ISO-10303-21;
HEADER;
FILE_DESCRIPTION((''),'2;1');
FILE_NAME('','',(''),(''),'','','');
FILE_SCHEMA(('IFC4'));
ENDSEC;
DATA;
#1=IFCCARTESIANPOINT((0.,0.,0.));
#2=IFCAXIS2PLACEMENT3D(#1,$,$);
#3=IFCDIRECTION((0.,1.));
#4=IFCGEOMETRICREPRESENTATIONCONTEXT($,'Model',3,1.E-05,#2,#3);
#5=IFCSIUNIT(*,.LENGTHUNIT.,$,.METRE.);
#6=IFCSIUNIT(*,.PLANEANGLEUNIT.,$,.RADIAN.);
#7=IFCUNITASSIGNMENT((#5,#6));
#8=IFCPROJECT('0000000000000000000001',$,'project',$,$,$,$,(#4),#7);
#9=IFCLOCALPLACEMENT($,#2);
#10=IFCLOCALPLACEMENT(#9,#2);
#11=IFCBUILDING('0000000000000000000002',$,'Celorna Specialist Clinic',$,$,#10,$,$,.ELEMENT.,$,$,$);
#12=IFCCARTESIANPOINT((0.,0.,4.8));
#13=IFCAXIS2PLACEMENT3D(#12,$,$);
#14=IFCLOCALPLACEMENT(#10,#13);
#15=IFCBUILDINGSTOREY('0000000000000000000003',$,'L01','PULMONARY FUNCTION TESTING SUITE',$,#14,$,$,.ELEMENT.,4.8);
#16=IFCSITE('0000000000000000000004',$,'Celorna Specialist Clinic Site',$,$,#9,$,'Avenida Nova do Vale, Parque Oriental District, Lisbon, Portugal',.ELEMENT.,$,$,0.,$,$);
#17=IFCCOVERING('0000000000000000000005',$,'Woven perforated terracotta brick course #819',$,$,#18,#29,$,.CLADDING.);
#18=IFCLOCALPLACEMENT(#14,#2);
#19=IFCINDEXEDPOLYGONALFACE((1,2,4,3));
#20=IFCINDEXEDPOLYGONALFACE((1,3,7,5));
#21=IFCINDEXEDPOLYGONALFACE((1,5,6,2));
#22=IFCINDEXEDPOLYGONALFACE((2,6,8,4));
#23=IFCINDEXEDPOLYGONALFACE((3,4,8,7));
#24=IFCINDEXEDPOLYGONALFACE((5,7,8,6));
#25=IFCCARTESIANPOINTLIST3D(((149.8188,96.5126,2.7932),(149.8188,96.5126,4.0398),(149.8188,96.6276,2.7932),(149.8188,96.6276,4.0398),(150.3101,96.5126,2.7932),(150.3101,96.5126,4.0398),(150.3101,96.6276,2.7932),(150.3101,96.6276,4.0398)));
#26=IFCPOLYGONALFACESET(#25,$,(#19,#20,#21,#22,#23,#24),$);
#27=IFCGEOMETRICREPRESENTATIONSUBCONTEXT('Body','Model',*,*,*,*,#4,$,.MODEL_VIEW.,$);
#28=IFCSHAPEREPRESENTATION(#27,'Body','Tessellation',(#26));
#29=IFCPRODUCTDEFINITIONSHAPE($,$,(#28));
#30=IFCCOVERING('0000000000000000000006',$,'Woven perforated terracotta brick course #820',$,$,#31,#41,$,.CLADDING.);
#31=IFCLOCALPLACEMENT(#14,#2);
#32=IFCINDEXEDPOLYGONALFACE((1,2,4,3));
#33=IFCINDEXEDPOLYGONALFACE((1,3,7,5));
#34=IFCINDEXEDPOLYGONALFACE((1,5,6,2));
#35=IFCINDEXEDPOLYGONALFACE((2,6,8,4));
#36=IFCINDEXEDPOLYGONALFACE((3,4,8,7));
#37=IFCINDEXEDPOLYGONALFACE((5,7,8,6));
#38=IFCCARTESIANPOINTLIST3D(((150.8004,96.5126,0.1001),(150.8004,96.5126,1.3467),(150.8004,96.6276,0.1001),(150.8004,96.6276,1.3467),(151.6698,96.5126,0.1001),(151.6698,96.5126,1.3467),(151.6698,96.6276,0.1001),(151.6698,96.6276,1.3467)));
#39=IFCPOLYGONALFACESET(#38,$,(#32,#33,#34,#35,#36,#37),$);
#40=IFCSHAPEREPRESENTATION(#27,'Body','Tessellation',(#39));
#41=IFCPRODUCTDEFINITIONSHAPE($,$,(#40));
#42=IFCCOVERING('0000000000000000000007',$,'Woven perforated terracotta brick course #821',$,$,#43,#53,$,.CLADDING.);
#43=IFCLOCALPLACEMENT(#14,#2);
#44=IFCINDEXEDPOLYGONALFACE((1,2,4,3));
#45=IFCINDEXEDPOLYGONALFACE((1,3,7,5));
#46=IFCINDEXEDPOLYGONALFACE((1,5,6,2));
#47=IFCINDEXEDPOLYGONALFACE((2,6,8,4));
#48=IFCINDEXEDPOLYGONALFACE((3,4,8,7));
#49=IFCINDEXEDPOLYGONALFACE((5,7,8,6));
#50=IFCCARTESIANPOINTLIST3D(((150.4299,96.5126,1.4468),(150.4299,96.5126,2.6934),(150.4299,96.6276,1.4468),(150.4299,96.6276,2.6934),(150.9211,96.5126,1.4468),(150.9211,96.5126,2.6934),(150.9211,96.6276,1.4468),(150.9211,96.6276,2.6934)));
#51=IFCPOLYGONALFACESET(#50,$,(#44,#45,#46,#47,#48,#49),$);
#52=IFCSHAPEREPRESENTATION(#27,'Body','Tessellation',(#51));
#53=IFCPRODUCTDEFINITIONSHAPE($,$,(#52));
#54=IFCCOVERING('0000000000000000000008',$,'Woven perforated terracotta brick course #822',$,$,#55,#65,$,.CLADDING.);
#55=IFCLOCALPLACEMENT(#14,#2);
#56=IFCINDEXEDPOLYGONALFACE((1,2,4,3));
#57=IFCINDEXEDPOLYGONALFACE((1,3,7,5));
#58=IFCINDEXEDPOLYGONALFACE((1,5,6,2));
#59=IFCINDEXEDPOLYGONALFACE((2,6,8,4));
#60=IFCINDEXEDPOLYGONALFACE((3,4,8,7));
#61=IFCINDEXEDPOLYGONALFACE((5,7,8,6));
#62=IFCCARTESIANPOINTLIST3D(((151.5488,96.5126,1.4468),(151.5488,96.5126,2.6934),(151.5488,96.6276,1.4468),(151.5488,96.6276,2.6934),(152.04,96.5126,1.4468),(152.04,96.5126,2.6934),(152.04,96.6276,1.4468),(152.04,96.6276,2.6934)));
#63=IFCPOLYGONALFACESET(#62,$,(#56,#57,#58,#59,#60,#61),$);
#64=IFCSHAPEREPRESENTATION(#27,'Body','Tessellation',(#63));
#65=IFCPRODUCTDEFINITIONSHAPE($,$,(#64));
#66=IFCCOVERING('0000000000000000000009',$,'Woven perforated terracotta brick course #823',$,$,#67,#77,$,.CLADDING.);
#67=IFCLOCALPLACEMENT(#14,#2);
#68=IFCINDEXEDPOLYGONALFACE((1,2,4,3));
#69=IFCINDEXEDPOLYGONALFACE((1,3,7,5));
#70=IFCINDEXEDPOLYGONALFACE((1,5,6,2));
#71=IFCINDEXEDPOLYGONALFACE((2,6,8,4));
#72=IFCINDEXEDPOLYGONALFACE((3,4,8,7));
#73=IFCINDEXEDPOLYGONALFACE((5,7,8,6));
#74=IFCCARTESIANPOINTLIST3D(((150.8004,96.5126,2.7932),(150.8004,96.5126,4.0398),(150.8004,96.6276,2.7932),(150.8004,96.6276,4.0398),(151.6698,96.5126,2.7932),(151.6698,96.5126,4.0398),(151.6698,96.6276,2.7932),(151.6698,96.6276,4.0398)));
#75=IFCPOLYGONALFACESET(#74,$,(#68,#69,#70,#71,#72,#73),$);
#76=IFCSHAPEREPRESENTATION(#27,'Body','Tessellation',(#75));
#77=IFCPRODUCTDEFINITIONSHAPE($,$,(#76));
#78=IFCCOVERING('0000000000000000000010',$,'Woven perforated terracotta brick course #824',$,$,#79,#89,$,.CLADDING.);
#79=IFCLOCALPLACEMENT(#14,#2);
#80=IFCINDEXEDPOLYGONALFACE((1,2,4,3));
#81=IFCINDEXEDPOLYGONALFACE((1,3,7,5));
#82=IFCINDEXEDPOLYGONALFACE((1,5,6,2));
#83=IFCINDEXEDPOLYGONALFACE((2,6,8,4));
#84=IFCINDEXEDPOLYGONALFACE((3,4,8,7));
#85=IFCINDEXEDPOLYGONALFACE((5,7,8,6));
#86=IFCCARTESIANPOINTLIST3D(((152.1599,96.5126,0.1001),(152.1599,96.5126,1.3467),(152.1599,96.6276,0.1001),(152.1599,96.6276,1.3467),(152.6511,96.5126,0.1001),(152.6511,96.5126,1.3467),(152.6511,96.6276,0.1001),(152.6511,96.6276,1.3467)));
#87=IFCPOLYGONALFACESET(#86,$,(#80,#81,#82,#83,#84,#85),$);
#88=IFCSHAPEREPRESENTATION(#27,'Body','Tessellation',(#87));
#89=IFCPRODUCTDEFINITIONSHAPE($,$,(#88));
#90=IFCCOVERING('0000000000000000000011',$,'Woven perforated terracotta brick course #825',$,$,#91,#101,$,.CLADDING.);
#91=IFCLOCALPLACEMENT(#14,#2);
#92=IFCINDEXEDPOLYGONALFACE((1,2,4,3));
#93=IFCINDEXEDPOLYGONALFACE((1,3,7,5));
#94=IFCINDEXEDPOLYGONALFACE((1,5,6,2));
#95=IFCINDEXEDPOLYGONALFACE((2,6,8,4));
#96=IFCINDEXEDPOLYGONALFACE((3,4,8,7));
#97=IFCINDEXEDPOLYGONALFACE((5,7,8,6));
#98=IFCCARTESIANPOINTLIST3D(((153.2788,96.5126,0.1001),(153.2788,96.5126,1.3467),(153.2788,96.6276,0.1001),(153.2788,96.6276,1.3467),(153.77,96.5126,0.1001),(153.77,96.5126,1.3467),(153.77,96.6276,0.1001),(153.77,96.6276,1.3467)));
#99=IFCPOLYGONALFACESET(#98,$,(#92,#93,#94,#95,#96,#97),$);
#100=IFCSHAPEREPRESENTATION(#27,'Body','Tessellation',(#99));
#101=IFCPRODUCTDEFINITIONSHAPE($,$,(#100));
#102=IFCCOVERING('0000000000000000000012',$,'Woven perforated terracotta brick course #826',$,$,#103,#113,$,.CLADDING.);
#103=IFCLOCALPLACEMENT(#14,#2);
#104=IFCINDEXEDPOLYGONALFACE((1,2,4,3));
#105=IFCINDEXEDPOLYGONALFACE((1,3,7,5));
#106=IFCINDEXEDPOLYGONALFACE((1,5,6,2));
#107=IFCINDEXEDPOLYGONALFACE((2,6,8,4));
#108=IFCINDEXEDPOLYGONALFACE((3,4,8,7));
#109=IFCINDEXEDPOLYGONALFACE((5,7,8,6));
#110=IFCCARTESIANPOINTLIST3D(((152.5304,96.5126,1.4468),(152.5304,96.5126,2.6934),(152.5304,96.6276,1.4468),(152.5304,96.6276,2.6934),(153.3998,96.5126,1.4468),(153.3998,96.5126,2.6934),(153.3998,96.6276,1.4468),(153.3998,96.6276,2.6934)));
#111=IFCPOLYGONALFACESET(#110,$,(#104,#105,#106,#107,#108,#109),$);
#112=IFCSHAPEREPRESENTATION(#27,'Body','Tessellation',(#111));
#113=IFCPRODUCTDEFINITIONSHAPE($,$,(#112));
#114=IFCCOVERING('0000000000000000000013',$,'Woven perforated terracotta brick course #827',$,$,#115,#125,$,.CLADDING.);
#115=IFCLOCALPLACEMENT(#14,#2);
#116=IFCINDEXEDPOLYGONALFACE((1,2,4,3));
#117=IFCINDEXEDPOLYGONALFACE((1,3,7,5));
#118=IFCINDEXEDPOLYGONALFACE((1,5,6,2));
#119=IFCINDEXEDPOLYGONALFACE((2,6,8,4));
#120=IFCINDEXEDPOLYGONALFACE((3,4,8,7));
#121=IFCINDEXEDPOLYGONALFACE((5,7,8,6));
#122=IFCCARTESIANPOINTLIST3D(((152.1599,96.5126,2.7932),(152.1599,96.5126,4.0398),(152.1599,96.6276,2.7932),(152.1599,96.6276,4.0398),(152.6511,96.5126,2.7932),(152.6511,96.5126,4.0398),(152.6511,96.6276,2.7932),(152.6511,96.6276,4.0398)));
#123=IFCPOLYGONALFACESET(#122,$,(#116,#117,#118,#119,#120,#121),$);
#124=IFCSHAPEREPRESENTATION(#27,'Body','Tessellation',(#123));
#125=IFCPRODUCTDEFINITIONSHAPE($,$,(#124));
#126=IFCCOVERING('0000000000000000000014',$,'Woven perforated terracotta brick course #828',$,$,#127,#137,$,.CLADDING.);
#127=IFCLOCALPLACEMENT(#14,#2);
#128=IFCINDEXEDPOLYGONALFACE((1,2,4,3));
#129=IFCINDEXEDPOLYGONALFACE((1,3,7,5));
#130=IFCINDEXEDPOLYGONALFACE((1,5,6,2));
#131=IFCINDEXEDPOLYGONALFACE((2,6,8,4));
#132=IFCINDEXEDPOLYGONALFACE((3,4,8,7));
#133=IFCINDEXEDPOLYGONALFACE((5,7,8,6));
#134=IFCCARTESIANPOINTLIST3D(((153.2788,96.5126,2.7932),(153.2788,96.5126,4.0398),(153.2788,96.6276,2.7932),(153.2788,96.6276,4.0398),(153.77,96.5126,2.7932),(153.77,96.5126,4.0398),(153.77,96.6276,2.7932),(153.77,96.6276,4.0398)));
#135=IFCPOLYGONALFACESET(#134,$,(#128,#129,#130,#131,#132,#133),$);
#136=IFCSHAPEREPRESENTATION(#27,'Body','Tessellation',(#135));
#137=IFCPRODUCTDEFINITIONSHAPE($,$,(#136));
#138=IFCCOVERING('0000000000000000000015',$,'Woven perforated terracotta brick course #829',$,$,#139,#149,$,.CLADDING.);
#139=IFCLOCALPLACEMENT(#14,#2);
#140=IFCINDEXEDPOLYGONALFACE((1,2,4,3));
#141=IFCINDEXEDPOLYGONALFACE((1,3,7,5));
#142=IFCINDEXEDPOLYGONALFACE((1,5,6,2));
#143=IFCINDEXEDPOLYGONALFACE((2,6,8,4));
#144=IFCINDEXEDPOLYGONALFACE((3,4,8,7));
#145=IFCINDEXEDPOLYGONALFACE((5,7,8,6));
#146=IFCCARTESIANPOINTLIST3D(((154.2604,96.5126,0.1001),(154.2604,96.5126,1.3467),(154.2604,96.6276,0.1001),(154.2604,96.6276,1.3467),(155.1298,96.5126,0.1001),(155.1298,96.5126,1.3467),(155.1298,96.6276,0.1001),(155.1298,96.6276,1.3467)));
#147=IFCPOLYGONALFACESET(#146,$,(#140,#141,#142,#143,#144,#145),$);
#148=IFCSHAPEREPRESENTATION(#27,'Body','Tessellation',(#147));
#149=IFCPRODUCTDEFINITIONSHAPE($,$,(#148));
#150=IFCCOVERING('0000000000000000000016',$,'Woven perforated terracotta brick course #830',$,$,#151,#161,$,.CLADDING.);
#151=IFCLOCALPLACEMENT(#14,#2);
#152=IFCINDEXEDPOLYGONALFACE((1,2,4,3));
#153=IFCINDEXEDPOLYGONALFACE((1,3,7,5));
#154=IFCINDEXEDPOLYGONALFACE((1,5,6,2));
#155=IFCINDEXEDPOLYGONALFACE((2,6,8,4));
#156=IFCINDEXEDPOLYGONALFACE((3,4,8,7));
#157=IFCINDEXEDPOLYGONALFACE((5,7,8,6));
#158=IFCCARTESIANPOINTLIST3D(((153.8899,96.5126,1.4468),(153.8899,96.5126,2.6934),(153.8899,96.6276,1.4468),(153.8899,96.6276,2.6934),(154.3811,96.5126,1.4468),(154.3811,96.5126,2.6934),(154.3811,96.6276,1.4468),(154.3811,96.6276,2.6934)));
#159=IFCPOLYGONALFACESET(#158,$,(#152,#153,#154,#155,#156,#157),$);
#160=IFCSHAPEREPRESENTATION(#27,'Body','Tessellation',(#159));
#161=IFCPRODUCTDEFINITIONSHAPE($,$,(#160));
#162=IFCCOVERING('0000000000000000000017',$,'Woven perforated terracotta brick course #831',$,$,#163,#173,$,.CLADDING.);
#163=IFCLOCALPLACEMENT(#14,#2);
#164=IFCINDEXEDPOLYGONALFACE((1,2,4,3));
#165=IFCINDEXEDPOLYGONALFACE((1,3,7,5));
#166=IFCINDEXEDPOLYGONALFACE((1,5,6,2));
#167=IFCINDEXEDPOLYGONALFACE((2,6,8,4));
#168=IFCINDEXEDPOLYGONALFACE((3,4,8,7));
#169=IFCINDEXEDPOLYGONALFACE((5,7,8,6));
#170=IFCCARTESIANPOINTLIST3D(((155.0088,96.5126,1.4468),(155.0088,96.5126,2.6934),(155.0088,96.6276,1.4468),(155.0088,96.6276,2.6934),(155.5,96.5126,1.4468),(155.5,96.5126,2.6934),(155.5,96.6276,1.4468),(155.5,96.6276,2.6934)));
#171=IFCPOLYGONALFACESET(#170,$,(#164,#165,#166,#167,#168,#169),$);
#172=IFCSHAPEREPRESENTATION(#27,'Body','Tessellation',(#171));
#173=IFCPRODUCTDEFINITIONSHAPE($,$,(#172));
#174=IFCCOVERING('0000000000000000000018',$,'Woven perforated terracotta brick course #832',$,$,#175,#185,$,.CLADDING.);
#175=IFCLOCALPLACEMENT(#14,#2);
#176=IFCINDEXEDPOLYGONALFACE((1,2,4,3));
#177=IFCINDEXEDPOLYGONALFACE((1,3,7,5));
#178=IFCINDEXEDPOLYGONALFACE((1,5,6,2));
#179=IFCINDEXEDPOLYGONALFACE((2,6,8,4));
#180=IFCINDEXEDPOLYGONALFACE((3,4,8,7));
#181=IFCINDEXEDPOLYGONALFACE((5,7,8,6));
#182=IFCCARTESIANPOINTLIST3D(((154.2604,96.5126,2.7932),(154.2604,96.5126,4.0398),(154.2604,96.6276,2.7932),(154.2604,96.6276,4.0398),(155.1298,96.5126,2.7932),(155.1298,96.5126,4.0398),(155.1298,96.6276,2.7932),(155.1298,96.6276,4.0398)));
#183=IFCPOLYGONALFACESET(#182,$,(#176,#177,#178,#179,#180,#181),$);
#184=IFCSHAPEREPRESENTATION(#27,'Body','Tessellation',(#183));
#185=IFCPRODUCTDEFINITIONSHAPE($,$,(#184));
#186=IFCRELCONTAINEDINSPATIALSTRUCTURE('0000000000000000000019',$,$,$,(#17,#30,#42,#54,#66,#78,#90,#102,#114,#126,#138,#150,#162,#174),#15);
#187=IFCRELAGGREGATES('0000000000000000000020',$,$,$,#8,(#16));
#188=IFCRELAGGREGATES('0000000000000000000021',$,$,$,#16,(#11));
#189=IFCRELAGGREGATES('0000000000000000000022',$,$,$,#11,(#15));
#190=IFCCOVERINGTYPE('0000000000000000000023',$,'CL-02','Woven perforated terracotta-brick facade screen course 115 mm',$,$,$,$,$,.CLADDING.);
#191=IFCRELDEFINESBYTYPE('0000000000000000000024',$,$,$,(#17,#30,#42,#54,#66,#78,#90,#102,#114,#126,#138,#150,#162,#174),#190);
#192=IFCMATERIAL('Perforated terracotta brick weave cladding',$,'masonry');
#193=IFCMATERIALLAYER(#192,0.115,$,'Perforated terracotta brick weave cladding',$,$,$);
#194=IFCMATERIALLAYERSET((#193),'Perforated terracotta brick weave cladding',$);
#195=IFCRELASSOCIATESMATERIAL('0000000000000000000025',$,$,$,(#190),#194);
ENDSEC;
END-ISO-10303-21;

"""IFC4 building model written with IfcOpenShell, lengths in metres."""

from ifc_helpers import new_model, si_unit, direction, frame, origin, origin_2d, place, context, subcontext, project, spatial, rectangle, extrude, material, layer, layer_set, type_object, element, save


model = new_model("IFC4")

# Units and contexts
model_context = context("Model", 3, precision=1e-05, world=origin(), true_north=direction((0.0, 1.0)))
body_context = subcontext(model_context, "Body", "Model", "MODEL_VIEW")
ifc_project = project(units=[si_unit("LENGTHUNIT", "METRE"), si_unit("PLANEANGLEUNIT", "RADIAN")], contexts=[model_context])

# Site, building, storey
site_placement = place(None, origin())
site = spatial("IfcSite", under=ifc_project, at=site_placement, Name="Celorna Specialist Clinic Site", LongName="Avenida Nova do Vale, Parque Oriental District, Lisbon, Portugal", CompositionType="ELEMENT", RefElevation=0.0)
building_placement = place(site_placement, origin())
building = spatial("IfcBuilding", under=site, at=building_placement, Name="Celorna Specialist Clinic", CompositionType="ELEMENT")
storey_placement = place(building_placement, frame((0.0, 0.0, 4.8)))
storey = spatial("IfcBuildingStorey", under=building, at=storey_placement, Name="L01", Description="PULMONARY FUNCTION TESTING SUITE", CompositionType="ELEMENT", Elevation=4.8)

# Coverings
ifc_material_1 = material(Name="Perforated terracotta brick weave cladding", Category="masonry")
ifc_layer_1 = layer(ifc_material_1, 0.115, Name="Perforated terracotta brick weave cladding")
ifc_layer_set_1 = layer_set([ifc_layer_1], Name="Perforated terracotta brick weave cladding")
covering_type = type_object("IfcCoveringType", Name="CL-02", Description="Woven perforated terracotta-brick facade screen course 115 mm", PredefinedType="CLADDING", material=ifc_layer_set_1)
for number, where, z_axis, x_axis, name in (
    (1, (150.0645, 96.5701, 2.7932), (0.0, 0.0, 1.0), (1.0, 0.0, 0.0), "Woven perforated terracotta brick course #819"),
):
    element("IfcCovering", number, at=place(storey_placement, frame(where, z_axis=z_axis, x_axis=x_axis)), inside=storey, type_object=covering_type, Name=name, PredefinedType="CLADDING", context=body_context, shape_type="SweptSolid", body=[
        extrude(rectangle(XDim=0.4912, YDim=0.115, at=origin_2d()), origin(), (0.0, 0.0, 1.0), 1.2466),
    ])
covering_1_placement = place(storey_placement, frame((151.2351, 96.5701, 0.1001), z_axis=(0.0, 0.0, 1.0), x_axis=(1.0, 0.0, 0.0)))
element("IfcCovering", 2, at=covering_1_placement, inside=storey, type_object=covering_type, Name="Woven perforated terracotta brick course #820", PredefinedType="CLADDING", context=body_context, shape_type="SweptSolid", body=[
    extrude(rectangle(XDim=0.8694, YDim=0.115, at=origin_2d()), origin(), (0.0, 0.0, 1.0), 1.2466),
])
for number, where, z_axis, x_axis, name in (
    (3, (150.6755, 96.5701, 1.4468), (0.0, 0.0, 1.0), (1.0, 0.0, 0.0), "Woven perforated terracotta brick course #821"),
    (4, (151.7944, 96.5701, 1.4468), (0.0, 0.0, 1.0), (1.0, 0.0, 0.0), "Woven perforated terracotta brick course #822"),
):
    element("IfcCovering", number, at=place(storey_placement, frame(where, z_axis=z_axis, x_axis=x_axis)), inside=storey, type_object=covering_type, Name=name, PredefinedType="CLADDING", context=body_context, shape_type="SweptSolid", body=[
        extrude(rectangle(XDim=0.4912, YDim=0.115, at=origin_2d()), origin(), (0.0, 0.0, 1.0), 1.2466),
    ])
covering_2_placement = place(storey_placement, frame((151.2351, 96.5701, 2.7932), z_axis=(0.0, 0.0, 1.0), x_axis=(1.0, 0.0, 0.0)))
element("IfcCovering", 5, at=covering_2_placement, inside=storey, type_object=covering_type, Name="Woven perforated terracotta brick course #823", PredefinedType="CLADDING", context=body_context, shape_type="SweptSolid", body=[
    extrude(rectangle(XDim=0.8694, YDim=0.115, at=origin_2d()), origin(), (0.0, 0.0, 1.0), 1.2466),
])
for number, where, z_axis, x_axis, name in (
    (6, (152.4055, 96.5701, 0.1001), (0.0, 0.0, 1.0), (1.0, 0.0, 0.0), "Woven perforated terracotta brick course #824"),
    (7, (153.5244, 96.5701, 0.1001), (0.0, 0.0, 1.0), (1.0, 0.0, 0.0), "Woven perforated terracotta brick course #825"),
):
    element("IfcCovering", number, at=place(storey_placement, frame(where, z_axis=z_axis, x_axis=x_axis)), inside=storey, type_object=covering_type, Name=name, PredefinedType="CLADDING", context=body_context, shape_type="SweptSolid", body=[
        extrude(rectangle(XDim=0.4912, YDim=0.115, at=origin_2d()), origin(), (0.0, 0.0, 1.0), 1.2466),
    ])
covering_3_placement = place(storey_placement, frame((152.9651, 96.5701, 1.4468), z_axis=(0.0, 0.0, 1.0), x_axis=(1.0, 0.0, 0.0)))
element("IfcCovering", 8, at=covering_3_placement, inside=storey, type_object=covering_type, Name="Woven perforated terracotta brick course #826", PredefinedType="CLADDING", context=body_context, shape_type="SweptSolid", body=[
    extrude(rectangle(XDim=0.8694, YDim=0.115, at=origin_2d()), origin(), (0.0, 0.0, 1.0), 1.2466),
])
for number, where, z_axis, x_axis, name in (
    (9, (152.4055, 96.5701, 2.7932), (0.0, 0.0, 1.0), (1.0, 0.0, 0.0), "Woven perforated terracotta brick course #827"),
    (10, (153.5244, 96.5701, 2.7932), (0.0, 0.0, 1.0), (1.0, 0.0, 0.0), "Woven perforated terracotta brick course #828"),
):
    element("IfcCovering", number, at=place(storey_placement, frame(where, z_axis=z_axis, x_axis=x_axis)), inside=storey, type_object=covering_type, Name=name, PredefinedType="CLADDING", context=body_context, shape_type="SweptSolid", body=[
        extrude(rectangle(XDim=0.4912, YDim=0.115, at=origin_2d()), origin(), (0.0, 0.0, 1.0), 1.2466),
    ])
covering_4_placement = place(storey_placement, frame((154.6951, 96.5701, 0.1001), z_axis=(0.0, 0.0, 1.0), x_axis=(1.0, 0.0, 0.0)))
element("IfcCovering", 11, at=covering_4_placement, inside=storey, type_object=covering_type, Name="Woven perforated terracotta brick course #829", PredefinedType="CLADDING", context=body_context, shape_type="SweptSolid", body=[
    extrude(rectangle(XDim=0.8694, YDim=0.115, at=origin_2d()), origin(), (0.0, 0.0, 1.0), 1.2466),
])
for number, where, z_axis, x_axis, name in (
    (12, (154.1355, 96.5701, 1.4468), (0.0, 0.0, 1.0), (1.0, 0.0, 0.0), "Woven perforated terracotta brick course #830"),
    (13, (155.2544, 96.5701, 1.4468), (0.0, 0.0, 1.0), (1.0, 0.0, 0.0), "Woven perforated terracotta brick course #831"),
):
    element("IfcCovering", number, at=place(storey_placement, frame(where, z_axis=z_axis, x_axis=x_axis)), inside=storey, type_object=covering_type, Name=name, PredefinedType="CLADDING", context=body_context, shape_type="SweptSolid", body=[
        extrude(rectangle(XDim=0.4912, YDim=0.115, at=origin_2d()), origin(), (0.0, 0.0, 1.0), 1.2466),
    ])
covering_5_placement = place(storey_placement, frame((154.6951, 96.5701, 2.7932), z_axis=(0.0, 0.0, 1.0), x_axis=(1.0, 0.0, 0.0)))
element("IfcCovering", 14, at=covering_5_placement, inside=storey, type_object=covering_type, Name="Woven perforated terracotta brick course #832", PredefinedType="CLADDING", context=body_context, shape_type="SweptSolid", body=[
    extrude(rectangle(XDim=0.8694, YDim=0.115, at=origin_2d()), origin(), (0.0, 0.0, 1.0), 1.2466),
])

save(model, "model.ifc")
